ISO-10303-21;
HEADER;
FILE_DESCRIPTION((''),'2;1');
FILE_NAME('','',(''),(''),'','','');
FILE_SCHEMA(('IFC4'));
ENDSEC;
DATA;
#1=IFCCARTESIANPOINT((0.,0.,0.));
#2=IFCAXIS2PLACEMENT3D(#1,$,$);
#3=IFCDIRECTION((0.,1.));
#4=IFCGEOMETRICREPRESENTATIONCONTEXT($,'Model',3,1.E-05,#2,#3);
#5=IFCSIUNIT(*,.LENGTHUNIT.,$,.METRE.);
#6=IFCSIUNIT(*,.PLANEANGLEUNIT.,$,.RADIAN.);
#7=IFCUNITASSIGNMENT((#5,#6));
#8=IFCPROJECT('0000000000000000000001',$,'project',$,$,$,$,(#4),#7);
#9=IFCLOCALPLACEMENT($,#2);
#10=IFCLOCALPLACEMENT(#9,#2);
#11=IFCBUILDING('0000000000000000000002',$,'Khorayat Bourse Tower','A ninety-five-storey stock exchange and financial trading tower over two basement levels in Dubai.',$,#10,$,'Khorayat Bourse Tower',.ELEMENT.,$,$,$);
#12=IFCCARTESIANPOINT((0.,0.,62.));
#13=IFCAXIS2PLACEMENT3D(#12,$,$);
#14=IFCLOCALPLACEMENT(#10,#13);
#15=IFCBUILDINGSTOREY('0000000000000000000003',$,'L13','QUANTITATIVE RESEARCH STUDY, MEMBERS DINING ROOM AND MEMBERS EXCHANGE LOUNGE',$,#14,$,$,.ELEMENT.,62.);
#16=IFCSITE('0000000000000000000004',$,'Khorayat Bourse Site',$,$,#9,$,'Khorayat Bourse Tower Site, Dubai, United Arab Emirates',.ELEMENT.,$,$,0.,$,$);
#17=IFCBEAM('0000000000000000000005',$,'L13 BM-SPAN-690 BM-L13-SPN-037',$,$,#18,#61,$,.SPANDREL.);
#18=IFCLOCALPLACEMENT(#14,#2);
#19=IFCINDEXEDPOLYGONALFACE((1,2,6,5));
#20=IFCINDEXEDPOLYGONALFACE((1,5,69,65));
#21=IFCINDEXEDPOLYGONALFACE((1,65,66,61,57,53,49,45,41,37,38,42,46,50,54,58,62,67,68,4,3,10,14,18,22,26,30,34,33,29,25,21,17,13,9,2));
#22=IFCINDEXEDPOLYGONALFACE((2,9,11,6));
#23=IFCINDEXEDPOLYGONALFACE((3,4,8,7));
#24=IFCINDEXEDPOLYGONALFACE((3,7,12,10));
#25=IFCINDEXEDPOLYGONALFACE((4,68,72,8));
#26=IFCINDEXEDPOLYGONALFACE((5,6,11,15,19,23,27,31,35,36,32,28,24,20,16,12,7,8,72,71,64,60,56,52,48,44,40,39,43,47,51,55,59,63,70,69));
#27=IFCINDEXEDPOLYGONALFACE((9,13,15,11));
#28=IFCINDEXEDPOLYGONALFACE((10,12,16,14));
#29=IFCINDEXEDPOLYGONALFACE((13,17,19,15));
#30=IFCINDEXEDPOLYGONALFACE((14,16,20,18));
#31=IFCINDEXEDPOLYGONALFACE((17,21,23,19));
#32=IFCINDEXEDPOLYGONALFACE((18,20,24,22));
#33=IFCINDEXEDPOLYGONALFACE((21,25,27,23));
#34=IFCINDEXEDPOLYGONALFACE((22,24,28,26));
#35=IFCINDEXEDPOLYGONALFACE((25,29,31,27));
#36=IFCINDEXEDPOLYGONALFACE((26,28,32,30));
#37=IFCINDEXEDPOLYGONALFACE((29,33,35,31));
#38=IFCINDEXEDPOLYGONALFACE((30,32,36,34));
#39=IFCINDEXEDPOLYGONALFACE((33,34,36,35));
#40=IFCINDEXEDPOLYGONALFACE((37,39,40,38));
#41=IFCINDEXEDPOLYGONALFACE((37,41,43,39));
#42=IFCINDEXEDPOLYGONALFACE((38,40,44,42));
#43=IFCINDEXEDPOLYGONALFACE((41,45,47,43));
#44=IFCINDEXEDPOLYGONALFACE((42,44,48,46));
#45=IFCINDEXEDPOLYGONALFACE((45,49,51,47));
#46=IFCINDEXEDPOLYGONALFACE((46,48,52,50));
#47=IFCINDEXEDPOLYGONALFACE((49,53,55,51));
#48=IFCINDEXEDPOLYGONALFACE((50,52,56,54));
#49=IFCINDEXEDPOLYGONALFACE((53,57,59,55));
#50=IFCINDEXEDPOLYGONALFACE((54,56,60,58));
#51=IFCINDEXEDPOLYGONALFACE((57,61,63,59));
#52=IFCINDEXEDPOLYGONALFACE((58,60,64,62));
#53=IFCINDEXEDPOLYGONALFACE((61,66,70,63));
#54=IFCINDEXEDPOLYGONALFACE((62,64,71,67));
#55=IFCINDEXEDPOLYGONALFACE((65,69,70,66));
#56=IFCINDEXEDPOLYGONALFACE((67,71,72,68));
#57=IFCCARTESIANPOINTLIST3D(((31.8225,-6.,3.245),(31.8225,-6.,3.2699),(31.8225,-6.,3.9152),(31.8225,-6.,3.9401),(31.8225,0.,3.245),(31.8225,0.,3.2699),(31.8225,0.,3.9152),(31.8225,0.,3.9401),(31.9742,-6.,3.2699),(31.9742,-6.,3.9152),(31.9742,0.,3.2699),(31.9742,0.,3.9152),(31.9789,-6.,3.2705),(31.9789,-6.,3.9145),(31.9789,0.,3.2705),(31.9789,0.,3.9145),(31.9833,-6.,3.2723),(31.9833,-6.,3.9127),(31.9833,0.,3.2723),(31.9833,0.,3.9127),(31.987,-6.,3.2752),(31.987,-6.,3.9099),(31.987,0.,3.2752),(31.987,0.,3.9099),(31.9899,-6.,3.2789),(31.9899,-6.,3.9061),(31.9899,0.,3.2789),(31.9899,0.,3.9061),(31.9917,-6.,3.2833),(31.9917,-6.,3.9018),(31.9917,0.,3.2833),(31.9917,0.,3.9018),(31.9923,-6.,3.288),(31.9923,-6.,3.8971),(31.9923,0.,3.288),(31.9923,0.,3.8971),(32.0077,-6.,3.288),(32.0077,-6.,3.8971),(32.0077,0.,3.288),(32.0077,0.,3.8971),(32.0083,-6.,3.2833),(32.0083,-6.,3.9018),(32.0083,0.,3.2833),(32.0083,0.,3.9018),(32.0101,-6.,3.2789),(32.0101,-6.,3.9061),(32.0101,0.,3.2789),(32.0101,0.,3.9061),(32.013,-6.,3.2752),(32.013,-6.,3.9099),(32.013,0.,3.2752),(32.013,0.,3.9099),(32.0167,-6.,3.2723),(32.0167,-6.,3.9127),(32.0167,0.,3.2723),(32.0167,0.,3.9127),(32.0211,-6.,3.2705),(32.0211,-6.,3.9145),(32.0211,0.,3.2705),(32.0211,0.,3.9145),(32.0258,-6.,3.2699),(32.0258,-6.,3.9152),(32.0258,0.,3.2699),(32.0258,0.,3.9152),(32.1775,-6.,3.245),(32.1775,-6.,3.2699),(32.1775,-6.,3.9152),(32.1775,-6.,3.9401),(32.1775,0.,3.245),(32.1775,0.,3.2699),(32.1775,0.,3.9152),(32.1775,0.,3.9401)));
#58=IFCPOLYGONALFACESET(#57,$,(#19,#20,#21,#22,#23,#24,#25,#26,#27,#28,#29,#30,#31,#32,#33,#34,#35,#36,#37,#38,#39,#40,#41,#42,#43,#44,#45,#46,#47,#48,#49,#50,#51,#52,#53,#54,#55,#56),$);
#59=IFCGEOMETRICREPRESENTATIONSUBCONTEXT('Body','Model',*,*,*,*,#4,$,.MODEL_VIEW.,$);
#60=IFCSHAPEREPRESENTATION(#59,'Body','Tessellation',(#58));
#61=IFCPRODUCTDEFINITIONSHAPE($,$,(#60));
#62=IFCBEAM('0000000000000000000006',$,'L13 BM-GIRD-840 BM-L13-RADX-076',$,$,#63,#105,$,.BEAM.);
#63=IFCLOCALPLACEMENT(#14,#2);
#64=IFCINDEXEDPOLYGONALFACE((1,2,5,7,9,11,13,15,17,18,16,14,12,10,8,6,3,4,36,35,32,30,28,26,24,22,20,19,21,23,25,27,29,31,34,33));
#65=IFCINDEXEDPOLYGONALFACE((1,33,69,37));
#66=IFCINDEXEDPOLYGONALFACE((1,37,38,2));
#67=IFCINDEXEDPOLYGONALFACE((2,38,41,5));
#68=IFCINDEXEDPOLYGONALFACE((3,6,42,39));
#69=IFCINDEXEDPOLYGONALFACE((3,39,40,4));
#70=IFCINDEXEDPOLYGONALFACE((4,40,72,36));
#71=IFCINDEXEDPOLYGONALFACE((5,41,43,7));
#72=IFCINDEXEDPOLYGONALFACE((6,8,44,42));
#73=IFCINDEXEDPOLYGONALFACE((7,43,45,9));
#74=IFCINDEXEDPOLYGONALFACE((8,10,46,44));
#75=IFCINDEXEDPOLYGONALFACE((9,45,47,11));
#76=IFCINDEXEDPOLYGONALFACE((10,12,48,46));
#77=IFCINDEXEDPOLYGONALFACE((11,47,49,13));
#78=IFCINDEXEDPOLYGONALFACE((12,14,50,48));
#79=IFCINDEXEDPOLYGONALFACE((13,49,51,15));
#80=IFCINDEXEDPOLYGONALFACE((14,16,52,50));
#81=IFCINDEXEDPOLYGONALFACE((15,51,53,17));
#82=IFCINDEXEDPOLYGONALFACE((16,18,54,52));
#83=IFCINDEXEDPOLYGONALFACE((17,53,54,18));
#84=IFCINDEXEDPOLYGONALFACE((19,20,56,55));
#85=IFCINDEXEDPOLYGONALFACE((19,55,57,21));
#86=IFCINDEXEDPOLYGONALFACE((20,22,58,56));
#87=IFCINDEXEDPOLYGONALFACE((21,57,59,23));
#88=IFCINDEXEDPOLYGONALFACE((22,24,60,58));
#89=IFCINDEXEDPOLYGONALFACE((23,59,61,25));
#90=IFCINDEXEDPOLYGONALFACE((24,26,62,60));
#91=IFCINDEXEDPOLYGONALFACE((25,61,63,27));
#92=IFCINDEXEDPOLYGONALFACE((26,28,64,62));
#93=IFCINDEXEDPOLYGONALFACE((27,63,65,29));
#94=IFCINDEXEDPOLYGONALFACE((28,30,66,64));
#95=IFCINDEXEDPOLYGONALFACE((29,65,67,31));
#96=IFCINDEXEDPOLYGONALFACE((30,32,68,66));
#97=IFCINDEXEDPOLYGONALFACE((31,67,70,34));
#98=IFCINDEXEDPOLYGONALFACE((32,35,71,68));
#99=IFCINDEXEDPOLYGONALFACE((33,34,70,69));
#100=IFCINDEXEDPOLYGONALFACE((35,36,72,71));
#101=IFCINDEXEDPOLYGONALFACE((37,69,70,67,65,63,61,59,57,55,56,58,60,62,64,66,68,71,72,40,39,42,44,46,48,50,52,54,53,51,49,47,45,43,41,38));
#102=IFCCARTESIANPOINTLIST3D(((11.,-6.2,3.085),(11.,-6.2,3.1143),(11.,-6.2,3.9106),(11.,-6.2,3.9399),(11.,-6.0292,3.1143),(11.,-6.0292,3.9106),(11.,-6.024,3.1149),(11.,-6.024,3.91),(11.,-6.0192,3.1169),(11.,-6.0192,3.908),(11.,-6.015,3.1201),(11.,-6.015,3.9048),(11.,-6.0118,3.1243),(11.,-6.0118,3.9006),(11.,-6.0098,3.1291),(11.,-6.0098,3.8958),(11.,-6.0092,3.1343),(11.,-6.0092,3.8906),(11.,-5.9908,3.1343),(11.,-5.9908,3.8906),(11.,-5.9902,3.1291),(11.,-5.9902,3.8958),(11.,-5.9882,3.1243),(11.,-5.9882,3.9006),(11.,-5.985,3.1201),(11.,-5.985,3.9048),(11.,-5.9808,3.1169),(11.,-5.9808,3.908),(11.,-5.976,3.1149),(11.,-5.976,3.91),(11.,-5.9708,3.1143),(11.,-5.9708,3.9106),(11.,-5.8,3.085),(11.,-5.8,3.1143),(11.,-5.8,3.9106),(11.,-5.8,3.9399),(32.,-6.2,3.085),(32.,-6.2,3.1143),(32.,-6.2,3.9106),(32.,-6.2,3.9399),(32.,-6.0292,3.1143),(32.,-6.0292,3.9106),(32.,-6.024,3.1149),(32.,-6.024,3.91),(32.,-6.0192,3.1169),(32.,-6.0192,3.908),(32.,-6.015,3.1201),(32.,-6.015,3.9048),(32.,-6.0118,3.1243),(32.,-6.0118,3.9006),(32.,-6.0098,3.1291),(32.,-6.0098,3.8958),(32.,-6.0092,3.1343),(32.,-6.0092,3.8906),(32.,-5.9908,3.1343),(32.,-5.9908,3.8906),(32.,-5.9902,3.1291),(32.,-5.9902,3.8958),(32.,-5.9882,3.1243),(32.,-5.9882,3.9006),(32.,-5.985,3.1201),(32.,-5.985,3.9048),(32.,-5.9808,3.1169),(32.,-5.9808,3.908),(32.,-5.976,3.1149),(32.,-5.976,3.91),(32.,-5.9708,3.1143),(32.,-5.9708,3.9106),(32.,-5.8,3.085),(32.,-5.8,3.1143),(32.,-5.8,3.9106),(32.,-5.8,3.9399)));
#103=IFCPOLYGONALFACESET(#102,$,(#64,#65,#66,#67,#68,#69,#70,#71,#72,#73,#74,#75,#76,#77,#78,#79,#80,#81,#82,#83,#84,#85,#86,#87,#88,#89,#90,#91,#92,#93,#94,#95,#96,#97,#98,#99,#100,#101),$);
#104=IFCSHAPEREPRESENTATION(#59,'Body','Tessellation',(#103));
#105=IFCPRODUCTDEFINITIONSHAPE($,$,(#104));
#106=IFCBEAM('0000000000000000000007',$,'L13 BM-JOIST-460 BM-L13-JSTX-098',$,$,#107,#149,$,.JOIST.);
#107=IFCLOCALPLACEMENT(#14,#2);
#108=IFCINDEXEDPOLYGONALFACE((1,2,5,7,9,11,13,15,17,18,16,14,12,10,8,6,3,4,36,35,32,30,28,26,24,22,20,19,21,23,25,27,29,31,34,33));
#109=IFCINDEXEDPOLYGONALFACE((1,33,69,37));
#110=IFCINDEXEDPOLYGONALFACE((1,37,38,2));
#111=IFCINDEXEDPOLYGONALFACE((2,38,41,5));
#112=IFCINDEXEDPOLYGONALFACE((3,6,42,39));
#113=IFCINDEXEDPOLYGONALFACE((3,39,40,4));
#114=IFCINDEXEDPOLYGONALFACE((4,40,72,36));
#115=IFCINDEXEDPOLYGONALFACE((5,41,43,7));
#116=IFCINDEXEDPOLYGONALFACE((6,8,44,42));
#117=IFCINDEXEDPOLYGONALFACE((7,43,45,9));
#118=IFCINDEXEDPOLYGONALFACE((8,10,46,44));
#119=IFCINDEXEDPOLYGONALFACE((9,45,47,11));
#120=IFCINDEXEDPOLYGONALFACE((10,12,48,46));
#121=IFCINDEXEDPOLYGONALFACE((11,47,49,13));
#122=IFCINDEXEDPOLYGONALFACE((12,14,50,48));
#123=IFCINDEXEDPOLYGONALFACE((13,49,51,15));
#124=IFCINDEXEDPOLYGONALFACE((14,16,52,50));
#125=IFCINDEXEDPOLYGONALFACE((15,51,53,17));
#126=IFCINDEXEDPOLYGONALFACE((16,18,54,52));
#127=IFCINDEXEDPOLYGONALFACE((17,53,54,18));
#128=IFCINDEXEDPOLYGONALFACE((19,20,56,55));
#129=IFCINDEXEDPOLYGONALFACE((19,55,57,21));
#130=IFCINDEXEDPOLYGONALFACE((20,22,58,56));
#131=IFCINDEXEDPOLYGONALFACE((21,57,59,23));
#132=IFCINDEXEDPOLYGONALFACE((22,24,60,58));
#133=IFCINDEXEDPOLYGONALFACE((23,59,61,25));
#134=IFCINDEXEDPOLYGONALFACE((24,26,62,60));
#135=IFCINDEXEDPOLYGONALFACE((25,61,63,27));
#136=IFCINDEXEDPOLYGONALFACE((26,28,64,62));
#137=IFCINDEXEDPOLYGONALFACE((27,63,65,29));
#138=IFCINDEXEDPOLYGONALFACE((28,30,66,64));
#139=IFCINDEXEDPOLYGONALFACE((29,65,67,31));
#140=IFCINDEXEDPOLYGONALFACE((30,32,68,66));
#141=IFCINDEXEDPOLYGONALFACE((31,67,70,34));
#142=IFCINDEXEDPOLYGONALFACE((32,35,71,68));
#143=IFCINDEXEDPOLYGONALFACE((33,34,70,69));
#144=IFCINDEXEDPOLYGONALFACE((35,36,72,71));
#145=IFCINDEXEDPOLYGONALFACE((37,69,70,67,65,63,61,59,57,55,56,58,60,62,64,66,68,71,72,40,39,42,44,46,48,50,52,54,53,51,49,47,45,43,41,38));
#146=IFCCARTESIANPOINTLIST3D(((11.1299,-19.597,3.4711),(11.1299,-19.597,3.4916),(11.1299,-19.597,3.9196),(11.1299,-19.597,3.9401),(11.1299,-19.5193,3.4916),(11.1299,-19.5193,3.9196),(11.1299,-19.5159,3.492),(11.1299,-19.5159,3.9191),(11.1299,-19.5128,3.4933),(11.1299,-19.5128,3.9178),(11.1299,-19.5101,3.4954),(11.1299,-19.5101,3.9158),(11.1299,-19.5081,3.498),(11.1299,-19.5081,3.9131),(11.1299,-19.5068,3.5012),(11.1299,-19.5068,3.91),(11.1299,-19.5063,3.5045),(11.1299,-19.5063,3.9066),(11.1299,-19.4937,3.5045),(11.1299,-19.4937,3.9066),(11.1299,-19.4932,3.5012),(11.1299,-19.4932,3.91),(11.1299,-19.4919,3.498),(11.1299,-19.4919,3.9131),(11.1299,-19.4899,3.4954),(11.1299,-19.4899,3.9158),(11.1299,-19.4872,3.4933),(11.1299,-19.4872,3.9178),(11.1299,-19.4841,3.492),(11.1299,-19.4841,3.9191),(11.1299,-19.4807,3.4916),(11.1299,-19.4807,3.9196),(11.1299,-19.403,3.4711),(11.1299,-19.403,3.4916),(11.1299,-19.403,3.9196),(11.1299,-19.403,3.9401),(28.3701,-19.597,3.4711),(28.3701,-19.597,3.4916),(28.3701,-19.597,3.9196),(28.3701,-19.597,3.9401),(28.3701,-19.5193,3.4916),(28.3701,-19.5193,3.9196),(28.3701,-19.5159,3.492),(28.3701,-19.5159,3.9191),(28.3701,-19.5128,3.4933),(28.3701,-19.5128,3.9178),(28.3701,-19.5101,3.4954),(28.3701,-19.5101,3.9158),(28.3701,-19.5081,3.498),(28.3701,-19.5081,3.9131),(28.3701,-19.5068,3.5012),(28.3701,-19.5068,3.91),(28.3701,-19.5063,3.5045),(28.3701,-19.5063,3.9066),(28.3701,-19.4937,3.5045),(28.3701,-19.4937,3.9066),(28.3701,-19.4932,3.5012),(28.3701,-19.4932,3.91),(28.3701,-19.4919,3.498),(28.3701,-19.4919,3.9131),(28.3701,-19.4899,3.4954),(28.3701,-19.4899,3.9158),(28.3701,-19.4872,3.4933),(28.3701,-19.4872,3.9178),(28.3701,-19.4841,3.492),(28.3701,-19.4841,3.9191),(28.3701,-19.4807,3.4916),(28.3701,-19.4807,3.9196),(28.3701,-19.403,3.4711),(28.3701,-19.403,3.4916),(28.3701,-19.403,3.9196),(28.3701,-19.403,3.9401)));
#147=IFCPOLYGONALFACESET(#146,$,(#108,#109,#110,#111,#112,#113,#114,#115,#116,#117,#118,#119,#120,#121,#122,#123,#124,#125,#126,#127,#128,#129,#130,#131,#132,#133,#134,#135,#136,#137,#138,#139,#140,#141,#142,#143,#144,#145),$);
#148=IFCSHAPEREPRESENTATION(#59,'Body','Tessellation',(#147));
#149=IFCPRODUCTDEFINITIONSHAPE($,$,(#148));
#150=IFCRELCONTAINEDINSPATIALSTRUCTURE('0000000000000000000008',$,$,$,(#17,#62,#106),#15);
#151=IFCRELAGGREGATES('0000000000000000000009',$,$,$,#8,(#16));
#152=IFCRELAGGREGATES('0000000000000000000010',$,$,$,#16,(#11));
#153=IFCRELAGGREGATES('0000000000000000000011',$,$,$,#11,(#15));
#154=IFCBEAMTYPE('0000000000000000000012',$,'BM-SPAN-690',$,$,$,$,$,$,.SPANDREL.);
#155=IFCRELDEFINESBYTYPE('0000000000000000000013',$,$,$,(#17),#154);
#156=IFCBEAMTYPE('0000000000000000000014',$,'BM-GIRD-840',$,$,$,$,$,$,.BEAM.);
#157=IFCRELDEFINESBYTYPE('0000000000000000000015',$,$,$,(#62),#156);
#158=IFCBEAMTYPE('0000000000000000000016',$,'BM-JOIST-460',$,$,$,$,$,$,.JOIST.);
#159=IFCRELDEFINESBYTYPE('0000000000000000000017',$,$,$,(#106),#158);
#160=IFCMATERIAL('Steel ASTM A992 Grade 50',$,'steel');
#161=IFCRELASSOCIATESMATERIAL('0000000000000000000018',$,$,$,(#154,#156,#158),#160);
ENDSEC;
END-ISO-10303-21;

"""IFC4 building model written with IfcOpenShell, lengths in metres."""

from ifc_helpers import new_model, si_unit, direction, frame, origin, origin_2d, place, context, subcontext, project, spatial, i_section, extrude, source, transform, mapped, material, material_profile, profile_set, type_object, element, save


model = new_model("IFC4")

# Units and contexts
model_context = context("Model", 3, precision=1e-05, world=origin(), true_north=direction((0.0, 1.0)))
body_context = subcontext(model_context, "Body", "Model", "MODEL_VIEW")
ifc_project = project(units=[si_unit("LENGTHUNIT", "METRE"), si_unit("PLANEANGLEUNIT", "RADIAN")], contexts=[model_context])

# Site, building, storey
site_placement = place(None, origin())
site = spatial("IfcSite", under=ifc_project, at=site_placement, Name="Khorayat Bourse Site", LongName="Khorayat Bourse Tower Site, Dubai, United Arab Emirates", CompositionType="ELEMENT", RefElevation=0.0)
building_placement = place(site_placement, origin())
building = spatial("IfcBuilding", under=site, at=building_placement, Name="Khorayat Bourse Tower", Description="A ninety-five-storey stock exchange and financial trading tower over two basement levels in Dubai.", LongName="Khorayat Bourse Tower", CompositionType="ELEMENT")
storey_placement = place(building_placement, frame((0.0, 0.0, 62.0)))
storey = spatial("IfcBuildingStorey", under=building, at=storey_placement, Name="L13", Description="QUANTITATIVE RESEARCH STUDY, MEMBERS DINING ROOM AND MEMBERS EXCHANGE LOUNGE", CompositionType="ELEMENT", Elevation=62.0)

# Beams
ifc_material_1 = material(Name="Steel ASTM A992 Grade 50", Category="steel")
ifc_material_profile_1 = material_profile(ifc_material_1, i_section(OverallWidth=0.355, OverallDepth=0.6951, WebThickness=0.0154, FlangeThickness=0.0249, FilletRadius=0.0181, at=origin_2d()), Name="W690X217")
ifc_profile_set_1 = profile_set([ifc_material_profile_1], Name="Steel ASTM A992 Grade 50")
beam_type_1 = type_object("IfcBeamType", Name="BM-SPAN-690", PredefinedType="SPANDREL", material=ifc_profile_set_1)
shared_shape_1 = source(origin(), body_context, "Body", "SweptSolid", [
    extrude(i_section(OverallWidth=0.355, OverallDepth=0.6951, WebThickness=0.0154, FlangeThickness=0.0249, FilletRadius=0.0181, at=origin_2d()), origin(), (0.0, 0.0, 1.0), 6.0),
])
beam_1_placement = place(storey_placement, frame((32.0, -6.0, 3.5925), z_axis=(0.0, 1.0, 0.0), x_axis=(-1.0, 0.0, 0.0)))
element("IfcBeam", 1, at=beam_1_placement, inside=storey, type_object=beam_type_1, Name="L13 BM-SPAN-690 BM-L13-SPN-037", PredefinedType="SPANDREL", context=body_context, shape_type="MappedRepresentation", body=[
    mapped(shared_shape_1, transform((0.0, 0.0, 0.0), scale=1.0)),
])
ifc_material_profile_2 = material_profile(ifc_material_1, i_section(OverallWidth=0.3999, OverallDepth=0.855, WebThickness=0.0183, FlangeThickness=0.0293, FilletRadius=0.02, at=origin_2d()), Name="W840X299")
ifc_profile_set_2 = profile_set([ifc_material_profile_2], Name="Steel ASTM A992 Grade 50")
beam_type_2 = type_object("IfcBeamType", Name="BM-GIRD-840", PredefinedType="BEAM", material=ifc_profile_set_2)
shared_shape_2 = source(origin(), body_context, "Body", "SweptSolid", [
    extrude(i_section(OverallWidth=0.3999, OverallDepth=0.855, WebThickness=0.0183, FlangeThickness=0.0293, FilletRadius=0.02, at=origin_2d()), origin(), (0.0, 0.0, 1.0), 21.0),
])
beam_2_placement = place(storey_placement, frame((11.0, -6.0, 3.5125), z_axis=(1.0, 0.0, 0.0), x_axis=(0.0, 1.0, 0.0)))
element("IfcBeam", 2, at=beam_2_placement, inside=storey, type_object=beam_type_2, Name="L13 BM-GIRD-840 BM-L13-RADX-076", PredefinedType="BEAM", context=body_context, shape_type="MappedRepresentation", body=[
    mapped(shared_shape_2, transform((0.0, 0.0, 0.0), scale=1.0)),
])
ifc_material_profile_3 = material_profile(ifc_material_1, i_section(OverallWidth=0.1941, OverallDepth=0.469, WebThickness=0.0127, FlangeThickness=0.0205, FilletRadius=0.0129, at=origin_2d()), Name="W460X106")
ifc_profile_set_3 = profile_set([ifc_material_profile_3], Name="Steel ASTM A992 Grade 50")
beam_type_3 = type_object("IfcBeamType", Name="BM-JOIST-460", PredefinedType="JOIST", material=ifc_profile_set_3)
shared_shape_3 = source(origin(), body_context, "Body", "SweptSolid", [
    extrude(i_section(OverallWidth=0.1941, OverallDepth=0.469, WebThickness=0.0127, FlangeThickness=0.0205, FilletRadius=0.0129, at=origin_2d()), origin(), (0.0, 0.0, 1.0), 17.2402),
])
beam_3_placement = place(storey_placement, frame((11.1299, -19.5, 3.7056), z_axis=(1.0, 0.0, 0.0), x_axis=(0.0, 1.0, 0.0)))
element("IfcBeam", 3, at=beam_3_placement, inside=storey, type_object=beam_type_3, Name="L13 BM-JOIST-460 BM-L13-JSTX-098", PredefinedType="JOIST", context=body_context, shape_type="MappedRepresentation", body=[
    mapped(shared_shape_3, transform((0.0, 0.0, 0.0), scale=1.0)),
])

save(model, "model.ifc")
